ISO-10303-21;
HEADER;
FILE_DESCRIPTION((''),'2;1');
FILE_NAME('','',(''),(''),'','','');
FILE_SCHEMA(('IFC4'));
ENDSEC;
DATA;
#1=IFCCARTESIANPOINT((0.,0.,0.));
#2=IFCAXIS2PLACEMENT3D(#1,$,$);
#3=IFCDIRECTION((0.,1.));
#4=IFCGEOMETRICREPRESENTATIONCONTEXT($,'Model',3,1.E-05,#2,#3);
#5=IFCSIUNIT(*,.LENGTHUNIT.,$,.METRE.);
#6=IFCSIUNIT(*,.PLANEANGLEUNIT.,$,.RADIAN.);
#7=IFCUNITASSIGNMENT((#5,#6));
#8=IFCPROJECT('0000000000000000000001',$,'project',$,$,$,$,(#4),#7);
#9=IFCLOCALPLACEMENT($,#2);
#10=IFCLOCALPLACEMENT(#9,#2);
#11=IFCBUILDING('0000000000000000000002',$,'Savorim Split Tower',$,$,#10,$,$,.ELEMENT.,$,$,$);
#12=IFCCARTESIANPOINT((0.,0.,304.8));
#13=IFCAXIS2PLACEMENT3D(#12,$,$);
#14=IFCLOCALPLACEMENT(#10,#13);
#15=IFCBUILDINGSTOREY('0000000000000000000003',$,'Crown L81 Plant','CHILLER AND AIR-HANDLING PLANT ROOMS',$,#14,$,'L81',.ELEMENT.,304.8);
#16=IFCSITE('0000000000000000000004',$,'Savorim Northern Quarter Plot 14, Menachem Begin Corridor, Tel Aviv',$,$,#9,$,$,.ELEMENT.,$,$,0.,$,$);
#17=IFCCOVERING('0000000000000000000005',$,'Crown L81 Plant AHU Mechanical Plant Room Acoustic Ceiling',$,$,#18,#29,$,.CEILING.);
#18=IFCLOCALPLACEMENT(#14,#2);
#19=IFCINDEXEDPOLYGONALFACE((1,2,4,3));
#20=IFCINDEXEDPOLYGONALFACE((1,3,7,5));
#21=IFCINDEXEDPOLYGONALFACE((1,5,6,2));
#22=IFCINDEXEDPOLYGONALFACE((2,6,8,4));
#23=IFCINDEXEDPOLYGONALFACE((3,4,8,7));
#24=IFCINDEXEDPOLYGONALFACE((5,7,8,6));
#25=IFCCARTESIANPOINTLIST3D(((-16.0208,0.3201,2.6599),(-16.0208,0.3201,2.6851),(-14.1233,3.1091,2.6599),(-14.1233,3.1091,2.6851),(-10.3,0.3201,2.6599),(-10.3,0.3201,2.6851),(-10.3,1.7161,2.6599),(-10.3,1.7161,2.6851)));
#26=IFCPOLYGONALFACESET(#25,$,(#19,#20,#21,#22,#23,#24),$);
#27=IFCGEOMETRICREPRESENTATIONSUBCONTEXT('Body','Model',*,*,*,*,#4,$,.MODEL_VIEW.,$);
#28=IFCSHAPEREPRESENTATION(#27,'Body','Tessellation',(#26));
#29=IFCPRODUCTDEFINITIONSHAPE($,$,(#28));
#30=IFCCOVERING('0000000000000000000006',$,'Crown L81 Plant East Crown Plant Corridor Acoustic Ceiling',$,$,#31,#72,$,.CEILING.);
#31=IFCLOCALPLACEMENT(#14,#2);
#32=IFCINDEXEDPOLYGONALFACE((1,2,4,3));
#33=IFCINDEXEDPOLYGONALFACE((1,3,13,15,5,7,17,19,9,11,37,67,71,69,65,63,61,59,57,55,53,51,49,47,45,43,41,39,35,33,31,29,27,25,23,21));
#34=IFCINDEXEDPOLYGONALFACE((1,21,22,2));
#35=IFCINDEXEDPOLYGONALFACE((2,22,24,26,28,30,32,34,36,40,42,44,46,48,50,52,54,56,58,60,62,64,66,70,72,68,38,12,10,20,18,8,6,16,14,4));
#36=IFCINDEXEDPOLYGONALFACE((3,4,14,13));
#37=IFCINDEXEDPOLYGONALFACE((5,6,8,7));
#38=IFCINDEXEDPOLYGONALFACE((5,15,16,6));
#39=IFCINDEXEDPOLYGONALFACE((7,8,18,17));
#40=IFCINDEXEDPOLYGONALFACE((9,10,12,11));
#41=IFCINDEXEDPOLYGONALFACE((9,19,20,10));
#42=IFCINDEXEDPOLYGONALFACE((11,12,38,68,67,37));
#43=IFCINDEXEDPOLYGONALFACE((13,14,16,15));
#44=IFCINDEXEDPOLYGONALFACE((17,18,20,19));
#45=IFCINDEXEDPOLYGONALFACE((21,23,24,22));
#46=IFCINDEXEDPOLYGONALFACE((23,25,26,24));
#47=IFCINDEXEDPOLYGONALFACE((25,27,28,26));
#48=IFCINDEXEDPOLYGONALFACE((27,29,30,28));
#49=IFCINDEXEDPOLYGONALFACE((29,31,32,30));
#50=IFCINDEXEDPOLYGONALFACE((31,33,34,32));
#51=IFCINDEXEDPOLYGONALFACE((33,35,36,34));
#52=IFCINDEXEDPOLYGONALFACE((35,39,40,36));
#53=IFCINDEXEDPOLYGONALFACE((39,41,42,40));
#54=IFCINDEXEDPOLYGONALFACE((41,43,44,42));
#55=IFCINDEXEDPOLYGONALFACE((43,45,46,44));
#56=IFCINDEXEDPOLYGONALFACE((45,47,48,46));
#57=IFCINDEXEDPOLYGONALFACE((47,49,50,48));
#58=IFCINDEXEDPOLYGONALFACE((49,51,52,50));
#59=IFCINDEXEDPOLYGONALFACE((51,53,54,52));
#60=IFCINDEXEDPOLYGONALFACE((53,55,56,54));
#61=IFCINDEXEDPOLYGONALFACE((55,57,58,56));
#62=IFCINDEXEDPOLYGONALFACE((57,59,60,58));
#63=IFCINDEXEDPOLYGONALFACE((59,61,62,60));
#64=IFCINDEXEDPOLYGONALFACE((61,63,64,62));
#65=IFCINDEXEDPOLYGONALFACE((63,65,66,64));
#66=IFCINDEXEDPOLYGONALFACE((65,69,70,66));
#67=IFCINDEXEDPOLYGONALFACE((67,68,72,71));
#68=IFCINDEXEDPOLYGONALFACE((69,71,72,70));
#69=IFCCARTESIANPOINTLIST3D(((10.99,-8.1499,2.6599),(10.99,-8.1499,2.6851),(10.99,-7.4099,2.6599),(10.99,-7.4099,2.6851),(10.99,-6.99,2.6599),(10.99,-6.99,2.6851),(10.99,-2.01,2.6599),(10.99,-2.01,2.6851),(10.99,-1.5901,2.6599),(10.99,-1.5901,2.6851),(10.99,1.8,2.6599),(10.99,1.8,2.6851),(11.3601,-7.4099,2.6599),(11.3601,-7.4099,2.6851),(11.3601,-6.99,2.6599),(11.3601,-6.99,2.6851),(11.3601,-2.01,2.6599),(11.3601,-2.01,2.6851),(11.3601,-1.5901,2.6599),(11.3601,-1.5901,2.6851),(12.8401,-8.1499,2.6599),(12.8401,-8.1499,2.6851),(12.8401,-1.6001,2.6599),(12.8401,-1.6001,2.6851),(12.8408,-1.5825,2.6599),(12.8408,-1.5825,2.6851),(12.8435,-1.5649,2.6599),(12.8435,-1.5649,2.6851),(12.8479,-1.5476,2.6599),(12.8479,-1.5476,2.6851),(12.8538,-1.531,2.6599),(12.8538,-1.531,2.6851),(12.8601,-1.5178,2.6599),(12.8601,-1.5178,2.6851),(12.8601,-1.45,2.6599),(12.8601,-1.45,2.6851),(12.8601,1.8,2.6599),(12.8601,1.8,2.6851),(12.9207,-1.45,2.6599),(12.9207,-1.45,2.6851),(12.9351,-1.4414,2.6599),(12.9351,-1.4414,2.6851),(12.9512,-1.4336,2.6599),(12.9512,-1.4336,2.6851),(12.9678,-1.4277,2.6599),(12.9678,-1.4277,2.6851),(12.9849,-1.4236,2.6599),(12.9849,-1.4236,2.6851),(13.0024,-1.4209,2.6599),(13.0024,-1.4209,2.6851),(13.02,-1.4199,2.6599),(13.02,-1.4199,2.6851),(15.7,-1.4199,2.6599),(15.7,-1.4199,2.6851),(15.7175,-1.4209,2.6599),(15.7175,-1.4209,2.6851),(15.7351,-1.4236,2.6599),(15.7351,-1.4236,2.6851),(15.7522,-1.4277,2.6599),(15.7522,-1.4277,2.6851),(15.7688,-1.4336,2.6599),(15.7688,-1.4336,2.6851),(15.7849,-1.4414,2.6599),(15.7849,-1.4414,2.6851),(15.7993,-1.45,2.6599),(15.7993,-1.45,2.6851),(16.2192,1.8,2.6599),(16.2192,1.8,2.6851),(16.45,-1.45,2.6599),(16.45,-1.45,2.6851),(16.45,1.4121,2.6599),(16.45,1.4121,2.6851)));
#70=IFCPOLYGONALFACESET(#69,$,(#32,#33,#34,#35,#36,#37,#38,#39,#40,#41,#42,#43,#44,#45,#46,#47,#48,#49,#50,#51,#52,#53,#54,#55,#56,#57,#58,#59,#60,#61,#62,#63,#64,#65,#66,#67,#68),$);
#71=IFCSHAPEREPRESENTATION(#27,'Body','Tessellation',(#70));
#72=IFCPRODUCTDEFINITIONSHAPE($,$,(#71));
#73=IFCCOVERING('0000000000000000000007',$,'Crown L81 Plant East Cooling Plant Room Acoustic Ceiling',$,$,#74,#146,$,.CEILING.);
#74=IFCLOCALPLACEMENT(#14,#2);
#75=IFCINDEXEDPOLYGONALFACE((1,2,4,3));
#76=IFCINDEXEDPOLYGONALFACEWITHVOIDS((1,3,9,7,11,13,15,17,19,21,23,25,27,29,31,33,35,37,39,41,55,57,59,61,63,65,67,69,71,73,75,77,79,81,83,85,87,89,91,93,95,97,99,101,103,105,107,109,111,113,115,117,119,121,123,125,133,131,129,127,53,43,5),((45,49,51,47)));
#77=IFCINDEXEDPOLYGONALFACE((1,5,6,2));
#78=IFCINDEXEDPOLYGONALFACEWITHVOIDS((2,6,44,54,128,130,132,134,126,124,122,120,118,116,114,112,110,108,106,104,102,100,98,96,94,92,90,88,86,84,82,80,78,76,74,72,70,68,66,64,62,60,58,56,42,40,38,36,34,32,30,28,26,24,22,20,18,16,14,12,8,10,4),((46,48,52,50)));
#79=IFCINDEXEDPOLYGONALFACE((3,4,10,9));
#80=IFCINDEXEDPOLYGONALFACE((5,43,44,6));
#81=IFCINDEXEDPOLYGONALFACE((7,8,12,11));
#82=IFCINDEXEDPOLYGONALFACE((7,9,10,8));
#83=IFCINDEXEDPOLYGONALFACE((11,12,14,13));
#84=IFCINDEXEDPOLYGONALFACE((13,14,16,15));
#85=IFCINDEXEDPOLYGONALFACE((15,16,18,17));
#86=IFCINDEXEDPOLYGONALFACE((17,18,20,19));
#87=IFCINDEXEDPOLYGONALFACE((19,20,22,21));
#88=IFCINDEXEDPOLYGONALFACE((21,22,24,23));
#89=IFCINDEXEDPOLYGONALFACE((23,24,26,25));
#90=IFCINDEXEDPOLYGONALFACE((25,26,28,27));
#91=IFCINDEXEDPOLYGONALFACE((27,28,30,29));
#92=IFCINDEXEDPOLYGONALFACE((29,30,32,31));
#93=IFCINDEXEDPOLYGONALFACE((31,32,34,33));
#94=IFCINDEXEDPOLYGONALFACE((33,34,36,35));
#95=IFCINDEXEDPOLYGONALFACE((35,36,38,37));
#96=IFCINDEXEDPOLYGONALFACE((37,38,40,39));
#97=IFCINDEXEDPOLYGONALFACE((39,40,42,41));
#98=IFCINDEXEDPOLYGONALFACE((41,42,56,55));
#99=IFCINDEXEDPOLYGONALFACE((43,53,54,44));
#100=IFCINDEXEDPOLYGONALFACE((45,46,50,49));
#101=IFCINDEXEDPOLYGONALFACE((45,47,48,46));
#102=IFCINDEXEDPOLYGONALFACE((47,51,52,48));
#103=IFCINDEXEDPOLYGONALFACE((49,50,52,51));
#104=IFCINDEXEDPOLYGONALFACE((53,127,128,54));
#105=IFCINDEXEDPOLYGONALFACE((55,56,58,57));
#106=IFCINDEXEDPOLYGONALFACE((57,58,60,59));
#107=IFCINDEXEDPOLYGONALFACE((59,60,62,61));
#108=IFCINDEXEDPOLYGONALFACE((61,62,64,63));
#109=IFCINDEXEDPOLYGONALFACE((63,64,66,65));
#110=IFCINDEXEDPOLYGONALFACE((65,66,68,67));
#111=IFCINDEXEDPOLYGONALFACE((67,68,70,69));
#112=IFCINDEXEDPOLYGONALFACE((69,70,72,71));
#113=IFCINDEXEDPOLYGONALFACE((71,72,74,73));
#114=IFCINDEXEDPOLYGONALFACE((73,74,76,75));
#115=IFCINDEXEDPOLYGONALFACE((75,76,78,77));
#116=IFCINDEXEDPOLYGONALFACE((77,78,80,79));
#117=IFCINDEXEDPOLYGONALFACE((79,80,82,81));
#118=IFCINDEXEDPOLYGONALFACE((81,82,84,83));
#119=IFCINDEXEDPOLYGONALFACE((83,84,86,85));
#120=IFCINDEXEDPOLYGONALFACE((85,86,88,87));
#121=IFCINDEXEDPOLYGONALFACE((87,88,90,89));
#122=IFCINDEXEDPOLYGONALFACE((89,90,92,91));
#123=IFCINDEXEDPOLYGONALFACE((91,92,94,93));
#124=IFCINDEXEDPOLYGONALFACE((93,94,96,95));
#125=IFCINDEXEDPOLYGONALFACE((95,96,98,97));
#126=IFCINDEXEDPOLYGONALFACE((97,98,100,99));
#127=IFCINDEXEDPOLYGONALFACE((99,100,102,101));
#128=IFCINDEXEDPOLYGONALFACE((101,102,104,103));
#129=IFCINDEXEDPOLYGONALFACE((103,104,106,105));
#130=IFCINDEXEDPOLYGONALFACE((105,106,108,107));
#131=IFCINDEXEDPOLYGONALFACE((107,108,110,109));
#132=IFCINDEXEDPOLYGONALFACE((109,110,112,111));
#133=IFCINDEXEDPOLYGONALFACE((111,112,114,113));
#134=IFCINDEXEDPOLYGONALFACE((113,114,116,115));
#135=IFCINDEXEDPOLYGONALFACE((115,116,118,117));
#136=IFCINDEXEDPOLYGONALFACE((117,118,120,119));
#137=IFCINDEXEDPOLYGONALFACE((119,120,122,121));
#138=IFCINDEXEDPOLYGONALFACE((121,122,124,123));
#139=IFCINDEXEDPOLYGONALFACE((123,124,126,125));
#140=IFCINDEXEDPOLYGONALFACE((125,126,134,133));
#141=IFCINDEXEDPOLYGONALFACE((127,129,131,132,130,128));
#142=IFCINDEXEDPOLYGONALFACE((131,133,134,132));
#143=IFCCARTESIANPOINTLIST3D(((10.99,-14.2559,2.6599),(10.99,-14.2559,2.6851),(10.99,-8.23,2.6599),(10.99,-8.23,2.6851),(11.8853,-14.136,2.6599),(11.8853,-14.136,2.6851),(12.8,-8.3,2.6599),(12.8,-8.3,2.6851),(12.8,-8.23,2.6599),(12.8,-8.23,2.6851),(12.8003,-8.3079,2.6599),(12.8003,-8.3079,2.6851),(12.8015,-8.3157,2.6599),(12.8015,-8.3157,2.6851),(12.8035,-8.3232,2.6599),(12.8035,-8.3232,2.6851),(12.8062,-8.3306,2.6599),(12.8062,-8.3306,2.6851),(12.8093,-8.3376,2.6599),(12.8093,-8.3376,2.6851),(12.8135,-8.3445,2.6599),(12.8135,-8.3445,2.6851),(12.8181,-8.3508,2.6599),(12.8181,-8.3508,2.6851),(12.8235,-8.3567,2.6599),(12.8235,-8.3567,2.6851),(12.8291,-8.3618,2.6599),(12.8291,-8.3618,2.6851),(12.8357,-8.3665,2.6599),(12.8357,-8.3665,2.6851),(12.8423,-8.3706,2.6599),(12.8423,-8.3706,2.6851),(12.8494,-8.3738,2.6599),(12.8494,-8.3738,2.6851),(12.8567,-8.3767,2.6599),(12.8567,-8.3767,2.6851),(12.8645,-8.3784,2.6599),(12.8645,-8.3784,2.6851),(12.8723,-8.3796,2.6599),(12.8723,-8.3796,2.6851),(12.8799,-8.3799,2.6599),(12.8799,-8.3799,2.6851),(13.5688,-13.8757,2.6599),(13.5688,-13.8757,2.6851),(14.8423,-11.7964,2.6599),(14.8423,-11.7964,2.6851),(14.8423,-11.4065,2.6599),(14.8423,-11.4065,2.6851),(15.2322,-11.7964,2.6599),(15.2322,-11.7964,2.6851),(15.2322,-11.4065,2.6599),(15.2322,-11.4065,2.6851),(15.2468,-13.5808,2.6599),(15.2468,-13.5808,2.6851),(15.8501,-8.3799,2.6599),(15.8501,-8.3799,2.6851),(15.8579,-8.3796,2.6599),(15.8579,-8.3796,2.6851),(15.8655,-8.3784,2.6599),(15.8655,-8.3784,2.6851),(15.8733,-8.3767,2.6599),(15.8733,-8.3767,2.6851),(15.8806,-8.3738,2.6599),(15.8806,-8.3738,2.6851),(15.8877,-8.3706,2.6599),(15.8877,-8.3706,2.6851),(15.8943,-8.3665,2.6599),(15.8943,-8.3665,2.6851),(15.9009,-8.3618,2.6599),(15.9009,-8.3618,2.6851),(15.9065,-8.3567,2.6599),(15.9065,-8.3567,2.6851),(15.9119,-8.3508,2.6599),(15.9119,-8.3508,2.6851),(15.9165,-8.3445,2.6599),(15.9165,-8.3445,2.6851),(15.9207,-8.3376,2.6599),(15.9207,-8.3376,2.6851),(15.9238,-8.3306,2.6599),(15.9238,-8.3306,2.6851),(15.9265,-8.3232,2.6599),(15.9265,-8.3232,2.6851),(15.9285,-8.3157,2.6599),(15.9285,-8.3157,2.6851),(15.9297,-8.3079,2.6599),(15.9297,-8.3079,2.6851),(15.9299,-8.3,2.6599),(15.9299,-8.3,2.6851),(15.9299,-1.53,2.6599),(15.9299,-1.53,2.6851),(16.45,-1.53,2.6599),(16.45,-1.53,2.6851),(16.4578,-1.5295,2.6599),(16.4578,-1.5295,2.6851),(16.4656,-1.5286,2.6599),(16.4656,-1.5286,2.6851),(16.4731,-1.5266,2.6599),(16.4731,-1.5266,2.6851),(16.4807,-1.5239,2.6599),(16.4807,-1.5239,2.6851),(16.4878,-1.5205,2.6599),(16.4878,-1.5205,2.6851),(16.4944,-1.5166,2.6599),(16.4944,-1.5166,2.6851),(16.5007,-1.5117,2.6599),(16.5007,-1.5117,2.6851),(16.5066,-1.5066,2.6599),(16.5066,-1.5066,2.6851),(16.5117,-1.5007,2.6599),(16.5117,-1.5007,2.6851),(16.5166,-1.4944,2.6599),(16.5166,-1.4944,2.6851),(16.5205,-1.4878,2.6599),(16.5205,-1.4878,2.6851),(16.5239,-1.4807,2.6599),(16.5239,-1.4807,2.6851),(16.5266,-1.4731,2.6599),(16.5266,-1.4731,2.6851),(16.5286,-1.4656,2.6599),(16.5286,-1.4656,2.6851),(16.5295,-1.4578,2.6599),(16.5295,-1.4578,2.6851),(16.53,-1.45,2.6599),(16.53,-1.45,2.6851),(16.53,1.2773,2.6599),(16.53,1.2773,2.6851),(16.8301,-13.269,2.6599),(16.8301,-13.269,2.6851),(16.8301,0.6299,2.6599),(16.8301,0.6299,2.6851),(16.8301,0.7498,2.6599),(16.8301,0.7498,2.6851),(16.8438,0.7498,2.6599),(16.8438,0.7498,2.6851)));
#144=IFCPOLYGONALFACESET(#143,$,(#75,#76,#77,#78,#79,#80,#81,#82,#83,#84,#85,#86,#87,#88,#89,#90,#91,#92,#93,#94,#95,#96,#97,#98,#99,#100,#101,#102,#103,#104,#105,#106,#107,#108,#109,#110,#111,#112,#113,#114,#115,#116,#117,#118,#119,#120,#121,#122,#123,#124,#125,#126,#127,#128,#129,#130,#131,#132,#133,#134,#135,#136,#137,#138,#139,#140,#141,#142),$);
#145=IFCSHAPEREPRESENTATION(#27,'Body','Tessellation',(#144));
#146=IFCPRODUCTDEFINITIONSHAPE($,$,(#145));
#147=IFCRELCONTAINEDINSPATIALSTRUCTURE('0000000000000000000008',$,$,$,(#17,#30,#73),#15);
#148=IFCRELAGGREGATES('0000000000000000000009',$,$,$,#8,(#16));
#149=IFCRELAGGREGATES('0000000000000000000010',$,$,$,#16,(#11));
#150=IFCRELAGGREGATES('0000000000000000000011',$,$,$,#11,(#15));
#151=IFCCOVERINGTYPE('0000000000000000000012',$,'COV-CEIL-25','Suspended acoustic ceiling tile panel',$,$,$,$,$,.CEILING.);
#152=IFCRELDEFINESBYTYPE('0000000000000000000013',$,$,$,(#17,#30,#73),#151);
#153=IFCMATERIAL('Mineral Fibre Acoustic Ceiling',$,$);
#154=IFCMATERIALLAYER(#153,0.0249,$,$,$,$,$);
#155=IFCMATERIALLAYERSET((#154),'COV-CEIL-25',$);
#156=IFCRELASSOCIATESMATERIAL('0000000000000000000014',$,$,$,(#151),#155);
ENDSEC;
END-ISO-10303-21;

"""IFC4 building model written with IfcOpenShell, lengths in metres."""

from ifc_helpers import new_model, si_unit, direction, frame, origin, place, context, subcontext, project, spatial, polyline, outline, extrude, material, layer, layer_set, type_object, element, save


model = new_model("IFC4")

# Units and contexts
model_context = context("Model", 3, precision=1e-05, world=origin(), true_north=direction((0.0, 1.0)))
body_context = subcontext(model_context, "Body", "Model", "MODEL_VIEW")
ifc_project = project(units=[si_unit("LENGTHUNIT", "METRE"), si_unit("PLANEANGLEUNIT", "RADIAN")], contexts=[model_context])

# Site, building, storey
site_placement = place(None, origin())
site = spatial("IfcSite", under=ifc_project, at=site_placement, Name="Savorim Northern Quarter Plot 14, Menachem Begin Corridor, Tel Aviv", CompositionType="ELEMENT", RefElevation=0.0)
building_placement = place(site_placement, origin())
building = spatial("IfcBuilding", under=site, at=building_placement, Name="Savorim Split Tower", CompositionType="ELEMENT")
storey_placement = place(building_placement, frame((0.0, 0.0, 304.8)))
storey = spatial("IfcBuildingStorey", under=building, at=storey_placement, Name="Crown L81 Plant", Description="CHILLER AND AIR-HANDLING PLANT ROOMS", LongName="L81", CompositionType="ELEMENT", Elevation=304.8)

# Coverings
ifc_material_1 = material(Name="Mineral Fibre Acoustic Ceiling")
ifc_layer_1 = layer(ifc_material_1, 0.0249)
ifc_layer_set_1 = layer_set([ifc_layer_1], Name="COV-CEIL-25")
covering_type_1 = type_object("IfcCoveringType", Name="COV-CEIL-25", Description="Suspended acoustic ceiling tile panel", PredefinedType="CEILING", material=ifc_layer_set_1)
covering_1_placement = place(storey_placement, frame((0.0, 0.0, 2.6599)))
element("IfcCovering", 1, at=covering_1_placement, inside=storey, type_object=covering_type_1, Name="Crown L81 Plant AHU Mechanical Plant Room Acoustic Ceiling", PredefinedType="CEILING", context=body_context, shape_type="SweptSolid", body=[
    extrude(outline(polyline([(-10.3, 0.3201), (-10.3, 1.7161), (-14.1233, 3.1091), (-16.0208, 0.3201), (-10.3, 0.3201)])), origin(), (0.0, 0.0, 1.0), 0.0251),
])
covering_2_placement = place(storey_placement, frame((0.0, 0.0, 2.6599)))
element("IfcCovering", 2, at=covering_2_placement, inside=storey, type_object=covering_type_1, Name="Crown L81 Plant East Crown Plant Corridor Acoustic Ceiling", PredefinedType="CEILING", context=body_context, shape_type="SweptSolid", body=[
    extrude(outline(polyline([(16.2192, 1.8), (12.8601, 1.8), (10.99, 1.8), (10.99, -1.5901), (11.3601, -1.5901), (11.3601, -2.01), (10.99, -2.01), (10.99, -6.99), (11.3601, -6.99), (11.3601, -7.4099), (10.99, -7.4099), (10.99, -8.1499), (12.8401, -8.1499), (12.8401, -1.6001), (12.8408, -1.5825), (12.8435, -1.5649), (12.8479, -1.5476), (12.8538, -1.531), (12.8601, -1.5178), (12.8601, -1.45), (12.9207, -1.45), (12.9351, -1.4414), (12.9512, -1.4336), (12.9678, -1.4277), (12.9849, -1.4236), (13.0024, -1.4209), (13.02, -1.4199), (15.7, -1.4199), (15.7175, -1.4209), (15.7351, -1.4236), (15.7522, -1.4277), (15.7688, -1.4336), (15.7849, -1.4414), (15.7993, -1.45), (16.45, -1.45), (16.45, 1.4121), (16.2192, 1.8)])), origin(), (0.0, 0.0, 1.0), 0.0251),
])
covering_3_placement = place(storey_placement, frame((0.0, 0.0, 2.6599)))
element("IfcCovering", 3, at=covering_3_placement, inside=storey, type_object=covering_type_1, Name="Crown L81 Plant East Cooling Plant Room Acoustic Ceiling", PredefinedType="CEILING", context=body_context, shape_type="SweptSolid", body=[
    extrude(outline(polyline([(11.8853, -14.136), (13.5688, -13.8757), (15.2468, -13.5808), (16.8301, -13.269), (16.8301, 0.6299), (16.8301, 0.7498), (16.8438, 0.7498), (16.53, 1.2773), (16.53, -1.45), (16.5295, -1.4578), (16.5286, -1.4656), (16.5266, -1.4731), (16.5239, -1.4807), (16.5205, -1.4878), (16.5166, -1.4944), (16.5117, -1.5007), (16.5066, -1.5066), (16.5007, -1.5117), (16.4944, -1.5166), (16.4878, -1.5205), (16.4807, -1.5239), (16.4731, -1.5266), (16.4656, -1.5286), (16.4578, -1.5295), (16.45, -1.53), (15.9299, -1.53), (15.9299, -8.3), (15.9297, -8.3079), (15.9285, -8.3157), (15.9265, -8.3232), (15.9238, -8.3306), (15.9207, -8.3376), (15.9165, -8.3445), (15.9119, -8.3508), (15.9065, -8.3567), (15.9009, -8.3618), (15.8943, -8.3665), (15.8877, -8.3706), (15.8806, -8.3738), (15.8733, -8.3767), (15.8655, -8.3784), (15.8579, -8.3796), (15.8501, -8.3799), (12.8799, -8.3799), (12.8723, -8.3796), (12.8645, -8.3784), (12.8567, -8.3767), (12.8494, -8.3738), (12.8423, -8.3706), (12.8357, -8.3665), (12.8291, -8.3618), (12.8235, -8.3567), (12.8181, -8.3508), (12.8135, -8.3445), (12.8093, -8.3376), (12.8062, -8.3306), (12.8035, -8.3232), (12.8015, -8.3157), (12.8003, -8.3079), (12.8, -8.3), (12.8, -8.23), (10.99, -8.23), (10.99, -14.2559), (11.8853, -14.136)]), holes=[polyline([(14.8423, -11.4065), (14.8423, -11.7964), (15.2322, -11.7964), (15.2322, -11.4065), (14.8423, -11.4065)])]), origin(), (0.0, 0.0, 1.0), 0.0251),
])

save(model, "model.ifc")
